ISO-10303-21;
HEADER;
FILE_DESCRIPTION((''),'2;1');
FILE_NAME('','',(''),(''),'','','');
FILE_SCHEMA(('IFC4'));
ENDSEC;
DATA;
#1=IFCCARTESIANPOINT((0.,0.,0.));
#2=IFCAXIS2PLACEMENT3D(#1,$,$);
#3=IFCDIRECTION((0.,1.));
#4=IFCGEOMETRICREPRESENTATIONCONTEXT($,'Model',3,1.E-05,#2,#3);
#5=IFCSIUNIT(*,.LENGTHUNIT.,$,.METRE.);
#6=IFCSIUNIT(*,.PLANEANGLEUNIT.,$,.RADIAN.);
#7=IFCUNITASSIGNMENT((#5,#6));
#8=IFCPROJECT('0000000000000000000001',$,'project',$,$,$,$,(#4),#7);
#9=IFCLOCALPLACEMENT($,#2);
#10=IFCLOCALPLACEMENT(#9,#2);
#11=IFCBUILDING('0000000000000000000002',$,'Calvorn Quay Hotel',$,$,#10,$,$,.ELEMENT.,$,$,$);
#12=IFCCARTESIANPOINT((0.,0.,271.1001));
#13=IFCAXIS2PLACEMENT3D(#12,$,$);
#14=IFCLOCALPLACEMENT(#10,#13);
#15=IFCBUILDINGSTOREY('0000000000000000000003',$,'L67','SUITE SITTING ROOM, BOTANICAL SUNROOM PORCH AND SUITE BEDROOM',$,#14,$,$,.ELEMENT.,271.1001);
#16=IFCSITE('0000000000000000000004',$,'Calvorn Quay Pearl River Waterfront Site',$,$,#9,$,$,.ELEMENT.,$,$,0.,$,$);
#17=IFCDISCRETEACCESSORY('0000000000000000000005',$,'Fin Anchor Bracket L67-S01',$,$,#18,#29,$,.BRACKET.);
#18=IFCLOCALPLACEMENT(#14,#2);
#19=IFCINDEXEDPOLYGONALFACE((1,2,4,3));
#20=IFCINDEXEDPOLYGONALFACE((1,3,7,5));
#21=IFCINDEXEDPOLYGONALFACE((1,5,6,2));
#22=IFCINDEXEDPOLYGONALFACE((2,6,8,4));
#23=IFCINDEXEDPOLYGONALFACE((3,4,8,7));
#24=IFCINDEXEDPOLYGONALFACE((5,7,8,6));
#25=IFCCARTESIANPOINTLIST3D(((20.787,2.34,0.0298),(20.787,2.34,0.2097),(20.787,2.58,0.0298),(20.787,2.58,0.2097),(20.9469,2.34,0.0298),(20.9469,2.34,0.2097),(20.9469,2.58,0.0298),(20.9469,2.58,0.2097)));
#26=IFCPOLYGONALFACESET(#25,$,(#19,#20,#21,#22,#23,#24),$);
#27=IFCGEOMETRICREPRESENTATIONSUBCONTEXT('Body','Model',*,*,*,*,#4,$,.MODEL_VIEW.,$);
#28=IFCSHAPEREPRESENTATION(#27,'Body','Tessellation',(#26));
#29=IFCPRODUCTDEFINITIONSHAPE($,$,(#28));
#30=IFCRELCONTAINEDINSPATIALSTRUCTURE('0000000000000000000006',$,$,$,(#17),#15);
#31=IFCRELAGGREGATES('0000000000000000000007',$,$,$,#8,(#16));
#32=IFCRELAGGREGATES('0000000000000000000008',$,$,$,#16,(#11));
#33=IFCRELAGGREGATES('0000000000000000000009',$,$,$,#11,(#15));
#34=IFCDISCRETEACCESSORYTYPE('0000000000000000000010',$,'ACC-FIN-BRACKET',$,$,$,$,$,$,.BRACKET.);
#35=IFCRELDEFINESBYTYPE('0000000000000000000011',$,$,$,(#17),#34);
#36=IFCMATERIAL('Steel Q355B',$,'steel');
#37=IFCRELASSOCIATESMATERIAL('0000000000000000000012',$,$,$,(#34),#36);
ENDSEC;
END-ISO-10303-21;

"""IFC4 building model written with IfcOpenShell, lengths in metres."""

from ifc_helpers import new_model, si_unit, direction, frame, origin, origin_2d, place, context, subcontext, project, spatial, rectangle, extrude, material, type_object, element, save


model = new_model("IFC4")

# Units and contexts
model_context = context("Model", 3, precision=1e-05, world=origin(), true_north=direction((0.0, 1.0)))
body_context = subcontext(model_context, "Body", "Model", "MODEL_VIEW")
ifc_project = project(units=[si_unit("LENGTHUNIT", "METRE"), si_unit("PLANEANGLEUNIT", "RADIAN")], contexts=[model_context])

# Site, building, storey
site_placement = place(None, origin())
site = spatial("IfcSite", under=ifc_project, at=site_placement, Name="Calvorn Quay Pearl River Waterfront Site", CompositionType="ELEMENT", RefElevation=0.0)
building_placement = place(site_placement, origin())
building = spatial("IfcBuilding", under=site, at=building_placement, Name="Calvorn Quay Hotel", CompositionType="ELEMENT")
storey_placement = place(building_placement, frame((0.0, 0.0, 271.1001)))
storey = spatial("IfcBuildingStorey", under=building, at=storey_placement, Name="L67", Description="SUITE SITTING ROOM, BOTANICAL SUNROOM PORCH AND SUITE BEDROOM", CompositionType="ELEMENT", Elevation=271.1001)

# Discrete accessory
ifc_material_1 = material(Name="Steel Q355B", Category="steel")
discrete_accessory_type = type_object("IfcDiscreteAccessoryType", Name="ACC-FIN-BRACKET", PredefinedType="BRACKET", material=ifc_material_1)
discrete_accessory_placement = place(storey_placement, frame((20.8669, 2.46, 0.0298), z_axis=(0.0, 0.0, 1.0), x_axis=(0.0, 1.0, 0.0)))
element("IfcDiscreteAccessory", 1, at=discrete_accessory_placement, inside=storey, type_object=discrete_accessory_type, Name="Fin Anchor Bracket L67-S01", PredefinedType="BRACKET", context=body_context, shape_type="SweptSolid", body=[
    extrude(rectangle(XDim=0.24, YDim=0.1599, at=origin_2d()), origin(), (0.0, 0.0, 1.0), 0.1799),
])

save(model, "model.ifc")
